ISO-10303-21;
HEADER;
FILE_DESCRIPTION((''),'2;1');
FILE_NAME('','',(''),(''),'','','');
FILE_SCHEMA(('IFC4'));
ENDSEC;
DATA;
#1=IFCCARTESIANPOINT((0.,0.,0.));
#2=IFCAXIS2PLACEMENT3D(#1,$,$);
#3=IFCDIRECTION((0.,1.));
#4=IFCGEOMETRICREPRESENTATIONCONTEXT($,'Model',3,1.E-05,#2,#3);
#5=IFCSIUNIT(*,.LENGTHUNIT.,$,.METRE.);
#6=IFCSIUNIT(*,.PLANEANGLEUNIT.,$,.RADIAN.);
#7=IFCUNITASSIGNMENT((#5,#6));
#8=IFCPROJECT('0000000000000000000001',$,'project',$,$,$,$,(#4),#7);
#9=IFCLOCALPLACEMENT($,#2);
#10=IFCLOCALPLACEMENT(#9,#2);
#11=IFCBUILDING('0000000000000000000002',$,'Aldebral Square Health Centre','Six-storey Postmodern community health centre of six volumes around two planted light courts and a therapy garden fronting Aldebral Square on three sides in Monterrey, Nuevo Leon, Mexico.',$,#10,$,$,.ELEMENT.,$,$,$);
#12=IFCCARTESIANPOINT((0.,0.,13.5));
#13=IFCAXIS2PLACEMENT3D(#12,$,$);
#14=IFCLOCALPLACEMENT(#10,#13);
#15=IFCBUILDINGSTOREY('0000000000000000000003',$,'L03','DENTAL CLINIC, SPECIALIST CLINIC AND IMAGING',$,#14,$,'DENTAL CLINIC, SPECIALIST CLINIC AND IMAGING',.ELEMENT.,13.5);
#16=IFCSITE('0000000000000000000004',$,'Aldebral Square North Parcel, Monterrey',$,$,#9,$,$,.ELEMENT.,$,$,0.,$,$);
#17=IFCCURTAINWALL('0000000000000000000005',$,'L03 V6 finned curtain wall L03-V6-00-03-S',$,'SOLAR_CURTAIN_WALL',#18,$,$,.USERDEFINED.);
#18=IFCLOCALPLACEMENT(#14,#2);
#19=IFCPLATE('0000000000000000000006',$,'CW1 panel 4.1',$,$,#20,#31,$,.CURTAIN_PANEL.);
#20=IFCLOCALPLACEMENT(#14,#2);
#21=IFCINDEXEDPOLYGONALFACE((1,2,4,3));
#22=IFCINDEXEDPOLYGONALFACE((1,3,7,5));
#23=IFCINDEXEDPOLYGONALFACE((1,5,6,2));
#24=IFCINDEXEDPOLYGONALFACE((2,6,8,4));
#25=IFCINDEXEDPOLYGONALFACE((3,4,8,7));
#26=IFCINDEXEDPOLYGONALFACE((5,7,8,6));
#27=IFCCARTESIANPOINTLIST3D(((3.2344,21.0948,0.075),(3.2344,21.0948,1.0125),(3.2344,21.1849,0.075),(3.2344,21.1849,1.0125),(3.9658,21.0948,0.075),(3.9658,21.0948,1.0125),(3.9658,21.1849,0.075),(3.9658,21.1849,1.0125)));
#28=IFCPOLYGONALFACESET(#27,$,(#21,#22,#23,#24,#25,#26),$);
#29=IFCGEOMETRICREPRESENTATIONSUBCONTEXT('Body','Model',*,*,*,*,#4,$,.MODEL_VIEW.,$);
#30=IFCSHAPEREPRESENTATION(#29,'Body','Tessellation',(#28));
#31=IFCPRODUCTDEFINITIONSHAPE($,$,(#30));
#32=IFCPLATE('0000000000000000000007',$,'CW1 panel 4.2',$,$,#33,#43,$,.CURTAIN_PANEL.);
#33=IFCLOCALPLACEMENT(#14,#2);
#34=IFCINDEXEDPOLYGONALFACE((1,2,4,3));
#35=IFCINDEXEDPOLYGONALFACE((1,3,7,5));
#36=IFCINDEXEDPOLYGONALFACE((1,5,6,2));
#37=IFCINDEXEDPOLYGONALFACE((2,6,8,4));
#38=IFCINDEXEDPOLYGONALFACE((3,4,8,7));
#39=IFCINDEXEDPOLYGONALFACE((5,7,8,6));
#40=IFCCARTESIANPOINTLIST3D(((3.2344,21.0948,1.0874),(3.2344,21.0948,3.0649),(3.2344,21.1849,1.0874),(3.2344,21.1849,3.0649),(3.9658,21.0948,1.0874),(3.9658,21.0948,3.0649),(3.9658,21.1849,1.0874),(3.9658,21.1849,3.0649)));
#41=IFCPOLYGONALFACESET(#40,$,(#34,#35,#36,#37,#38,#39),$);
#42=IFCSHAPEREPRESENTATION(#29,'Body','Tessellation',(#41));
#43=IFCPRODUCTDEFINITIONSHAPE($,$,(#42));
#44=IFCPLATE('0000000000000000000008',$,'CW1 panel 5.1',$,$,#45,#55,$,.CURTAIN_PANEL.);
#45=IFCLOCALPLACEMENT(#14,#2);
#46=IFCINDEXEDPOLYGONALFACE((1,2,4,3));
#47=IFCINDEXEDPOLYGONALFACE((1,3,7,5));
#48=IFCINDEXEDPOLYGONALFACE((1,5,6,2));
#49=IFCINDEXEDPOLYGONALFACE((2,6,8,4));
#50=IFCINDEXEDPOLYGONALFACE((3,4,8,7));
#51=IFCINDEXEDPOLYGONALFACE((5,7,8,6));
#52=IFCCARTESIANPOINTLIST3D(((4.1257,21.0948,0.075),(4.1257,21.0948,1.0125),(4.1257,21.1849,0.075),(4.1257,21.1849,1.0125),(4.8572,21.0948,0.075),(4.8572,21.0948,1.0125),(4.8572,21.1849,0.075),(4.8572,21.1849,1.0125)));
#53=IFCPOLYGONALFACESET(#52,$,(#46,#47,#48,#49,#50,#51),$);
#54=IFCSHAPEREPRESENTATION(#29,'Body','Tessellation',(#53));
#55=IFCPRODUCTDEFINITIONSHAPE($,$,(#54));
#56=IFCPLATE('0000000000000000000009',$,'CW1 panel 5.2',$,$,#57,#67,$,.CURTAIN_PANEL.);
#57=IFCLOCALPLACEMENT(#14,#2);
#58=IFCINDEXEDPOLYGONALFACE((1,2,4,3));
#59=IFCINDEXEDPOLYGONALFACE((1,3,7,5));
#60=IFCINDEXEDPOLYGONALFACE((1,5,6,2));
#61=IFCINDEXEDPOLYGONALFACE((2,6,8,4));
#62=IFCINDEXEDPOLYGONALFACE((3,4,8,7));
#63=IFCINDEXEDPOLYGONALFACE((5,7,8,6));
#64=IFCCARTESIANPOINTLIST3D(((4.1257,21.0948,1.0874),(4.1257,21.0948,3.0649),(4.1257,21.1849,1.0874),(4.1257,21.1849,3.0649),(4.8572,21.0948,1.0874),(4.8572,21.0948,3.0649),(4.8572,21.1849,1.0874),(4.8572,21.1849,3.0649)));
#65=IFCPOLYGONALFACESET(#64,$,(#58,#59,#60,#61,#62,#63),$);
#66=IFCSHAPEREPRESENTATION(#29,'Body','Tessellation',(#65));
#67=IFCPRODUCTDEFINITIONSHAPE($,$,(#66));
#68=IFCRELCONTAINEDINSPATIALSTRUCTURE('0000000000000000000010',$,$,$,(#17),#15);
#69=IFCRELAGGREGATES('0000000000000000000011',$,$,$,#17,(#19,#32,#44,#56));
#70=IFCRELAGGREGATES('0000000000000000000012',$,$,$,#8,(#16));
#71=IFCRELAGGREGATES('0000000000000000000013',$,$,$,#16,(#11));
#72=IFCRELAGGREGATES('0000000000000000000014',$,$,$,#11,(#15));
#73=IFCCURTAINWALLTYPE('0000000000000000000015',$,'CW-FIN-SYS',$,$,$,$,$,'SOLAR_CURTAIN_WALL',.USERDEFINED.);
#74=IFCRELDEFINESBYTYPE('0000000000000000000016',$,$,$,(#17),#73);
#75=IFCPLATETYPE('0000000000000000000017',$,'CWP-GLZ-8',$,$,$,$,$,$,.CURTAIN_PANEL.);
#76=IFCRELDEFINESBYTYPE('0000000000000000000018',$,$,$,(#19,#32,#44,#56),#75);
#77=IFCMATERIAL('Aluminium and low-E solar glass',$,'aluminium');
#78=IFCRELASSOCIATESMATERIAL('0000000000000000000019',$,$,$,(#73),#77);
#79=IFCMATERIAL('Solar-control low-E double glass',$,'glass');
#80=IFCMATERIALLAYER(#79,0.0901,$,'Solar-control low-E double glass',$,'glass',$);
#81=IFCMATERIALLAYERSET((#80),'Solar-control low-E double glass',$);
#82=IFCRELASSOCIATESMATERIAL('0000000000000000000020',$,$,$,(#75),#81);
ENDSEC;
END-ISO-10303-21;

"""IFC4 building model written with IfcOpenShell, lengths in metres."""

from ifc_helpers import new_model, si_unit, direction, frame, origin, origin_2d, place, context, subcontext, project, spatial, rectangle, extrude, material, layer, layer_set, type_object, element, aggregate, save


model = new_model("IFC4")

# Units and contexts
model_context = context("Model", 3, precision=1e-05, world=origin(), true_north=direction((0.0, 1.0)))
body_context = subcontext(model_context, "Body", "Model", "MODEL_VIEW")
ifc_project = project(units=[si_unit("LENGTHUNIT", "METRE"), si_unit("PLANEANGLEUNIT", "RADIAN")], contexts=[model_context])

# Site, building, storey
site_placement = place(None, origin())
site = spatial("IfcSite", under=ifc_project, at=site_placement, Name="Aldebral Square North Parcel, Monterrey", CompositionType="ELEMENT", RefElevation=0.0)
building_placement = place(site_placement, origin())
building = spatial("IfcBuilding", under=site, at=building_placement, Name="Aldebral Square Health Centre", Description="Six-storey Postmodern community health centre of six volumes around two planted light courts and a therapy garden fronting Aldebral Square on three sides in Monterrey, Nuevo Leon, Mexico.", CompositionType="ELEMENT")
storey_placement = place(building_placement, frame((0.0, 0.0, 13.5)))
storey = spatial("IfcBuildingStorey", under=building, at=storey_placement, Name="L03", Description="DENTAL CLINIC, SPECIALIST CLINIC AND IMAGING", LongName="DENTAL CLINIC, SPECIALIST CLINIC AND IMAGING", CompositionType="ELEMENT", Elevation=13.5)

# Curtain wall, plates
ifc_material_1 = material(Name="Aluminium and low-E solar glass", Category="aluminium")
curtain_wall_type = type_object("IfcCurtainWallType", Name="CW-FIN-SYS", ElementType="SOLAR_CURTAIN_WALL", PredefinedType="USERDEFINED", material=ifc_material_1)
curtain_wall_placement = place(storey_placement, origin())
curtain_wall = element("IfcCurtainWall", 1, at=curtain_wall_placement, inside=storey, type_object=curtain_wall_type, Name="L03 V6 finned curtain wall L03-V6-00-03-S", ObjectType="SOLAR_CURTAIN_WALL", PredefinedType="USERDEFINED")
ifc_material_2 = material(Name="Solar-control low-E double glass", Category="glass")
ifc_layer = layer(ifc_material_2, 0.0901, Name="Solar-control low-E double glass", Category="glass")
ifc_layer_set = layer_set([ifc_layer], Name="Solar-control low-E double glass")
plate_type = type_object("IfcPlateType", Name="CWP-GLZ-8", PredefinedType="CURTAIN_PANEL", material=ifc_layer_set)
plate_1_placement = place(storey_placement, frame((3.6001, 21.1399, 0.075), z_axis=(0.0, 0.0, 1.0), x_axis=(1.0, 0.0, 0.0)))
plate_1 = element("IfcPlate", 2, at=plate_1_placement, type_object=plate_type, Name="CW1 panel 4.1", PredefinedType="CURTAIN_PANEL", context=body_context, shape_type="SweptSolid", body=[
    extrude(rectangle(XDim=0.7314, YDim=0.0901, at=origin_2d()), origin(), (0.0, 0.0, 1.0), 0.9375),
])
plate_2_placement = place(storey_placement, frame((3.6001, 21.1399, 1.0874), z_axis=(0.0, 0.0, 1.0), x_axis=(1.0, 0.0, 0.0)))
plate_2 = element("IfcPlate", 3, at=plate_2_placement, type_object=plate_type, Name="CW1 panel 4.2", PredefinedType="CURTAIN_PANEL", context=body_context, shape_type="SweptSolid", body=[
    extrude(rectangle(XDim=0.7314, YDim=0.0901, at=origin_2d()), origin(), (0.0, 0.0, 1.0), 1.9775),
])
plate_3_placement = place(storey_placement, frame((4.4915, 21.1399, 0.075), z_axis=(0.0, 0.0, 1.0), x_axis=(1.0, 0.0, 0.0)))
plate_3 = element("IfcPlate", 4, at=plate_3_placement, type_object=plate_type, Name="CW1 panel 5.1", PredefinedType="CURTAIN_PANEL", context=body_context, shape_type="SweptSolid", body=[
    extrude(rectangle(XDim=0.7314, YDim=0.0901, at=origin_2d()), origin(), (0.0, 0.0, 1.0), 0.9375),
])
plate_4_placement = place(storey_placement, frame((4.4915, 21.1399, 1.0874), z_axis=(0.0, 0.0, 1.0), x_axis=(1.0, 0.0, 0.0)))
plate_4 = element("IfcPlate", 5, at=plate_4_placement, type_object=plate_type, Name="CW1 panel 5.2", PredefinedType="CURTAIN_PANEL", context=body_context, shape_type="SweptSolid", body=[
    extrude(rectangle(XDim=0.7314, YDim=0.0901, at=origin_2d()), origin(), (0.0, 0.0, 1.0), 1.9775),
])
aggregate(curtain_wall, [plate_1, plate_2, plate_3, plate_4])

save(model, "model.ifc")
